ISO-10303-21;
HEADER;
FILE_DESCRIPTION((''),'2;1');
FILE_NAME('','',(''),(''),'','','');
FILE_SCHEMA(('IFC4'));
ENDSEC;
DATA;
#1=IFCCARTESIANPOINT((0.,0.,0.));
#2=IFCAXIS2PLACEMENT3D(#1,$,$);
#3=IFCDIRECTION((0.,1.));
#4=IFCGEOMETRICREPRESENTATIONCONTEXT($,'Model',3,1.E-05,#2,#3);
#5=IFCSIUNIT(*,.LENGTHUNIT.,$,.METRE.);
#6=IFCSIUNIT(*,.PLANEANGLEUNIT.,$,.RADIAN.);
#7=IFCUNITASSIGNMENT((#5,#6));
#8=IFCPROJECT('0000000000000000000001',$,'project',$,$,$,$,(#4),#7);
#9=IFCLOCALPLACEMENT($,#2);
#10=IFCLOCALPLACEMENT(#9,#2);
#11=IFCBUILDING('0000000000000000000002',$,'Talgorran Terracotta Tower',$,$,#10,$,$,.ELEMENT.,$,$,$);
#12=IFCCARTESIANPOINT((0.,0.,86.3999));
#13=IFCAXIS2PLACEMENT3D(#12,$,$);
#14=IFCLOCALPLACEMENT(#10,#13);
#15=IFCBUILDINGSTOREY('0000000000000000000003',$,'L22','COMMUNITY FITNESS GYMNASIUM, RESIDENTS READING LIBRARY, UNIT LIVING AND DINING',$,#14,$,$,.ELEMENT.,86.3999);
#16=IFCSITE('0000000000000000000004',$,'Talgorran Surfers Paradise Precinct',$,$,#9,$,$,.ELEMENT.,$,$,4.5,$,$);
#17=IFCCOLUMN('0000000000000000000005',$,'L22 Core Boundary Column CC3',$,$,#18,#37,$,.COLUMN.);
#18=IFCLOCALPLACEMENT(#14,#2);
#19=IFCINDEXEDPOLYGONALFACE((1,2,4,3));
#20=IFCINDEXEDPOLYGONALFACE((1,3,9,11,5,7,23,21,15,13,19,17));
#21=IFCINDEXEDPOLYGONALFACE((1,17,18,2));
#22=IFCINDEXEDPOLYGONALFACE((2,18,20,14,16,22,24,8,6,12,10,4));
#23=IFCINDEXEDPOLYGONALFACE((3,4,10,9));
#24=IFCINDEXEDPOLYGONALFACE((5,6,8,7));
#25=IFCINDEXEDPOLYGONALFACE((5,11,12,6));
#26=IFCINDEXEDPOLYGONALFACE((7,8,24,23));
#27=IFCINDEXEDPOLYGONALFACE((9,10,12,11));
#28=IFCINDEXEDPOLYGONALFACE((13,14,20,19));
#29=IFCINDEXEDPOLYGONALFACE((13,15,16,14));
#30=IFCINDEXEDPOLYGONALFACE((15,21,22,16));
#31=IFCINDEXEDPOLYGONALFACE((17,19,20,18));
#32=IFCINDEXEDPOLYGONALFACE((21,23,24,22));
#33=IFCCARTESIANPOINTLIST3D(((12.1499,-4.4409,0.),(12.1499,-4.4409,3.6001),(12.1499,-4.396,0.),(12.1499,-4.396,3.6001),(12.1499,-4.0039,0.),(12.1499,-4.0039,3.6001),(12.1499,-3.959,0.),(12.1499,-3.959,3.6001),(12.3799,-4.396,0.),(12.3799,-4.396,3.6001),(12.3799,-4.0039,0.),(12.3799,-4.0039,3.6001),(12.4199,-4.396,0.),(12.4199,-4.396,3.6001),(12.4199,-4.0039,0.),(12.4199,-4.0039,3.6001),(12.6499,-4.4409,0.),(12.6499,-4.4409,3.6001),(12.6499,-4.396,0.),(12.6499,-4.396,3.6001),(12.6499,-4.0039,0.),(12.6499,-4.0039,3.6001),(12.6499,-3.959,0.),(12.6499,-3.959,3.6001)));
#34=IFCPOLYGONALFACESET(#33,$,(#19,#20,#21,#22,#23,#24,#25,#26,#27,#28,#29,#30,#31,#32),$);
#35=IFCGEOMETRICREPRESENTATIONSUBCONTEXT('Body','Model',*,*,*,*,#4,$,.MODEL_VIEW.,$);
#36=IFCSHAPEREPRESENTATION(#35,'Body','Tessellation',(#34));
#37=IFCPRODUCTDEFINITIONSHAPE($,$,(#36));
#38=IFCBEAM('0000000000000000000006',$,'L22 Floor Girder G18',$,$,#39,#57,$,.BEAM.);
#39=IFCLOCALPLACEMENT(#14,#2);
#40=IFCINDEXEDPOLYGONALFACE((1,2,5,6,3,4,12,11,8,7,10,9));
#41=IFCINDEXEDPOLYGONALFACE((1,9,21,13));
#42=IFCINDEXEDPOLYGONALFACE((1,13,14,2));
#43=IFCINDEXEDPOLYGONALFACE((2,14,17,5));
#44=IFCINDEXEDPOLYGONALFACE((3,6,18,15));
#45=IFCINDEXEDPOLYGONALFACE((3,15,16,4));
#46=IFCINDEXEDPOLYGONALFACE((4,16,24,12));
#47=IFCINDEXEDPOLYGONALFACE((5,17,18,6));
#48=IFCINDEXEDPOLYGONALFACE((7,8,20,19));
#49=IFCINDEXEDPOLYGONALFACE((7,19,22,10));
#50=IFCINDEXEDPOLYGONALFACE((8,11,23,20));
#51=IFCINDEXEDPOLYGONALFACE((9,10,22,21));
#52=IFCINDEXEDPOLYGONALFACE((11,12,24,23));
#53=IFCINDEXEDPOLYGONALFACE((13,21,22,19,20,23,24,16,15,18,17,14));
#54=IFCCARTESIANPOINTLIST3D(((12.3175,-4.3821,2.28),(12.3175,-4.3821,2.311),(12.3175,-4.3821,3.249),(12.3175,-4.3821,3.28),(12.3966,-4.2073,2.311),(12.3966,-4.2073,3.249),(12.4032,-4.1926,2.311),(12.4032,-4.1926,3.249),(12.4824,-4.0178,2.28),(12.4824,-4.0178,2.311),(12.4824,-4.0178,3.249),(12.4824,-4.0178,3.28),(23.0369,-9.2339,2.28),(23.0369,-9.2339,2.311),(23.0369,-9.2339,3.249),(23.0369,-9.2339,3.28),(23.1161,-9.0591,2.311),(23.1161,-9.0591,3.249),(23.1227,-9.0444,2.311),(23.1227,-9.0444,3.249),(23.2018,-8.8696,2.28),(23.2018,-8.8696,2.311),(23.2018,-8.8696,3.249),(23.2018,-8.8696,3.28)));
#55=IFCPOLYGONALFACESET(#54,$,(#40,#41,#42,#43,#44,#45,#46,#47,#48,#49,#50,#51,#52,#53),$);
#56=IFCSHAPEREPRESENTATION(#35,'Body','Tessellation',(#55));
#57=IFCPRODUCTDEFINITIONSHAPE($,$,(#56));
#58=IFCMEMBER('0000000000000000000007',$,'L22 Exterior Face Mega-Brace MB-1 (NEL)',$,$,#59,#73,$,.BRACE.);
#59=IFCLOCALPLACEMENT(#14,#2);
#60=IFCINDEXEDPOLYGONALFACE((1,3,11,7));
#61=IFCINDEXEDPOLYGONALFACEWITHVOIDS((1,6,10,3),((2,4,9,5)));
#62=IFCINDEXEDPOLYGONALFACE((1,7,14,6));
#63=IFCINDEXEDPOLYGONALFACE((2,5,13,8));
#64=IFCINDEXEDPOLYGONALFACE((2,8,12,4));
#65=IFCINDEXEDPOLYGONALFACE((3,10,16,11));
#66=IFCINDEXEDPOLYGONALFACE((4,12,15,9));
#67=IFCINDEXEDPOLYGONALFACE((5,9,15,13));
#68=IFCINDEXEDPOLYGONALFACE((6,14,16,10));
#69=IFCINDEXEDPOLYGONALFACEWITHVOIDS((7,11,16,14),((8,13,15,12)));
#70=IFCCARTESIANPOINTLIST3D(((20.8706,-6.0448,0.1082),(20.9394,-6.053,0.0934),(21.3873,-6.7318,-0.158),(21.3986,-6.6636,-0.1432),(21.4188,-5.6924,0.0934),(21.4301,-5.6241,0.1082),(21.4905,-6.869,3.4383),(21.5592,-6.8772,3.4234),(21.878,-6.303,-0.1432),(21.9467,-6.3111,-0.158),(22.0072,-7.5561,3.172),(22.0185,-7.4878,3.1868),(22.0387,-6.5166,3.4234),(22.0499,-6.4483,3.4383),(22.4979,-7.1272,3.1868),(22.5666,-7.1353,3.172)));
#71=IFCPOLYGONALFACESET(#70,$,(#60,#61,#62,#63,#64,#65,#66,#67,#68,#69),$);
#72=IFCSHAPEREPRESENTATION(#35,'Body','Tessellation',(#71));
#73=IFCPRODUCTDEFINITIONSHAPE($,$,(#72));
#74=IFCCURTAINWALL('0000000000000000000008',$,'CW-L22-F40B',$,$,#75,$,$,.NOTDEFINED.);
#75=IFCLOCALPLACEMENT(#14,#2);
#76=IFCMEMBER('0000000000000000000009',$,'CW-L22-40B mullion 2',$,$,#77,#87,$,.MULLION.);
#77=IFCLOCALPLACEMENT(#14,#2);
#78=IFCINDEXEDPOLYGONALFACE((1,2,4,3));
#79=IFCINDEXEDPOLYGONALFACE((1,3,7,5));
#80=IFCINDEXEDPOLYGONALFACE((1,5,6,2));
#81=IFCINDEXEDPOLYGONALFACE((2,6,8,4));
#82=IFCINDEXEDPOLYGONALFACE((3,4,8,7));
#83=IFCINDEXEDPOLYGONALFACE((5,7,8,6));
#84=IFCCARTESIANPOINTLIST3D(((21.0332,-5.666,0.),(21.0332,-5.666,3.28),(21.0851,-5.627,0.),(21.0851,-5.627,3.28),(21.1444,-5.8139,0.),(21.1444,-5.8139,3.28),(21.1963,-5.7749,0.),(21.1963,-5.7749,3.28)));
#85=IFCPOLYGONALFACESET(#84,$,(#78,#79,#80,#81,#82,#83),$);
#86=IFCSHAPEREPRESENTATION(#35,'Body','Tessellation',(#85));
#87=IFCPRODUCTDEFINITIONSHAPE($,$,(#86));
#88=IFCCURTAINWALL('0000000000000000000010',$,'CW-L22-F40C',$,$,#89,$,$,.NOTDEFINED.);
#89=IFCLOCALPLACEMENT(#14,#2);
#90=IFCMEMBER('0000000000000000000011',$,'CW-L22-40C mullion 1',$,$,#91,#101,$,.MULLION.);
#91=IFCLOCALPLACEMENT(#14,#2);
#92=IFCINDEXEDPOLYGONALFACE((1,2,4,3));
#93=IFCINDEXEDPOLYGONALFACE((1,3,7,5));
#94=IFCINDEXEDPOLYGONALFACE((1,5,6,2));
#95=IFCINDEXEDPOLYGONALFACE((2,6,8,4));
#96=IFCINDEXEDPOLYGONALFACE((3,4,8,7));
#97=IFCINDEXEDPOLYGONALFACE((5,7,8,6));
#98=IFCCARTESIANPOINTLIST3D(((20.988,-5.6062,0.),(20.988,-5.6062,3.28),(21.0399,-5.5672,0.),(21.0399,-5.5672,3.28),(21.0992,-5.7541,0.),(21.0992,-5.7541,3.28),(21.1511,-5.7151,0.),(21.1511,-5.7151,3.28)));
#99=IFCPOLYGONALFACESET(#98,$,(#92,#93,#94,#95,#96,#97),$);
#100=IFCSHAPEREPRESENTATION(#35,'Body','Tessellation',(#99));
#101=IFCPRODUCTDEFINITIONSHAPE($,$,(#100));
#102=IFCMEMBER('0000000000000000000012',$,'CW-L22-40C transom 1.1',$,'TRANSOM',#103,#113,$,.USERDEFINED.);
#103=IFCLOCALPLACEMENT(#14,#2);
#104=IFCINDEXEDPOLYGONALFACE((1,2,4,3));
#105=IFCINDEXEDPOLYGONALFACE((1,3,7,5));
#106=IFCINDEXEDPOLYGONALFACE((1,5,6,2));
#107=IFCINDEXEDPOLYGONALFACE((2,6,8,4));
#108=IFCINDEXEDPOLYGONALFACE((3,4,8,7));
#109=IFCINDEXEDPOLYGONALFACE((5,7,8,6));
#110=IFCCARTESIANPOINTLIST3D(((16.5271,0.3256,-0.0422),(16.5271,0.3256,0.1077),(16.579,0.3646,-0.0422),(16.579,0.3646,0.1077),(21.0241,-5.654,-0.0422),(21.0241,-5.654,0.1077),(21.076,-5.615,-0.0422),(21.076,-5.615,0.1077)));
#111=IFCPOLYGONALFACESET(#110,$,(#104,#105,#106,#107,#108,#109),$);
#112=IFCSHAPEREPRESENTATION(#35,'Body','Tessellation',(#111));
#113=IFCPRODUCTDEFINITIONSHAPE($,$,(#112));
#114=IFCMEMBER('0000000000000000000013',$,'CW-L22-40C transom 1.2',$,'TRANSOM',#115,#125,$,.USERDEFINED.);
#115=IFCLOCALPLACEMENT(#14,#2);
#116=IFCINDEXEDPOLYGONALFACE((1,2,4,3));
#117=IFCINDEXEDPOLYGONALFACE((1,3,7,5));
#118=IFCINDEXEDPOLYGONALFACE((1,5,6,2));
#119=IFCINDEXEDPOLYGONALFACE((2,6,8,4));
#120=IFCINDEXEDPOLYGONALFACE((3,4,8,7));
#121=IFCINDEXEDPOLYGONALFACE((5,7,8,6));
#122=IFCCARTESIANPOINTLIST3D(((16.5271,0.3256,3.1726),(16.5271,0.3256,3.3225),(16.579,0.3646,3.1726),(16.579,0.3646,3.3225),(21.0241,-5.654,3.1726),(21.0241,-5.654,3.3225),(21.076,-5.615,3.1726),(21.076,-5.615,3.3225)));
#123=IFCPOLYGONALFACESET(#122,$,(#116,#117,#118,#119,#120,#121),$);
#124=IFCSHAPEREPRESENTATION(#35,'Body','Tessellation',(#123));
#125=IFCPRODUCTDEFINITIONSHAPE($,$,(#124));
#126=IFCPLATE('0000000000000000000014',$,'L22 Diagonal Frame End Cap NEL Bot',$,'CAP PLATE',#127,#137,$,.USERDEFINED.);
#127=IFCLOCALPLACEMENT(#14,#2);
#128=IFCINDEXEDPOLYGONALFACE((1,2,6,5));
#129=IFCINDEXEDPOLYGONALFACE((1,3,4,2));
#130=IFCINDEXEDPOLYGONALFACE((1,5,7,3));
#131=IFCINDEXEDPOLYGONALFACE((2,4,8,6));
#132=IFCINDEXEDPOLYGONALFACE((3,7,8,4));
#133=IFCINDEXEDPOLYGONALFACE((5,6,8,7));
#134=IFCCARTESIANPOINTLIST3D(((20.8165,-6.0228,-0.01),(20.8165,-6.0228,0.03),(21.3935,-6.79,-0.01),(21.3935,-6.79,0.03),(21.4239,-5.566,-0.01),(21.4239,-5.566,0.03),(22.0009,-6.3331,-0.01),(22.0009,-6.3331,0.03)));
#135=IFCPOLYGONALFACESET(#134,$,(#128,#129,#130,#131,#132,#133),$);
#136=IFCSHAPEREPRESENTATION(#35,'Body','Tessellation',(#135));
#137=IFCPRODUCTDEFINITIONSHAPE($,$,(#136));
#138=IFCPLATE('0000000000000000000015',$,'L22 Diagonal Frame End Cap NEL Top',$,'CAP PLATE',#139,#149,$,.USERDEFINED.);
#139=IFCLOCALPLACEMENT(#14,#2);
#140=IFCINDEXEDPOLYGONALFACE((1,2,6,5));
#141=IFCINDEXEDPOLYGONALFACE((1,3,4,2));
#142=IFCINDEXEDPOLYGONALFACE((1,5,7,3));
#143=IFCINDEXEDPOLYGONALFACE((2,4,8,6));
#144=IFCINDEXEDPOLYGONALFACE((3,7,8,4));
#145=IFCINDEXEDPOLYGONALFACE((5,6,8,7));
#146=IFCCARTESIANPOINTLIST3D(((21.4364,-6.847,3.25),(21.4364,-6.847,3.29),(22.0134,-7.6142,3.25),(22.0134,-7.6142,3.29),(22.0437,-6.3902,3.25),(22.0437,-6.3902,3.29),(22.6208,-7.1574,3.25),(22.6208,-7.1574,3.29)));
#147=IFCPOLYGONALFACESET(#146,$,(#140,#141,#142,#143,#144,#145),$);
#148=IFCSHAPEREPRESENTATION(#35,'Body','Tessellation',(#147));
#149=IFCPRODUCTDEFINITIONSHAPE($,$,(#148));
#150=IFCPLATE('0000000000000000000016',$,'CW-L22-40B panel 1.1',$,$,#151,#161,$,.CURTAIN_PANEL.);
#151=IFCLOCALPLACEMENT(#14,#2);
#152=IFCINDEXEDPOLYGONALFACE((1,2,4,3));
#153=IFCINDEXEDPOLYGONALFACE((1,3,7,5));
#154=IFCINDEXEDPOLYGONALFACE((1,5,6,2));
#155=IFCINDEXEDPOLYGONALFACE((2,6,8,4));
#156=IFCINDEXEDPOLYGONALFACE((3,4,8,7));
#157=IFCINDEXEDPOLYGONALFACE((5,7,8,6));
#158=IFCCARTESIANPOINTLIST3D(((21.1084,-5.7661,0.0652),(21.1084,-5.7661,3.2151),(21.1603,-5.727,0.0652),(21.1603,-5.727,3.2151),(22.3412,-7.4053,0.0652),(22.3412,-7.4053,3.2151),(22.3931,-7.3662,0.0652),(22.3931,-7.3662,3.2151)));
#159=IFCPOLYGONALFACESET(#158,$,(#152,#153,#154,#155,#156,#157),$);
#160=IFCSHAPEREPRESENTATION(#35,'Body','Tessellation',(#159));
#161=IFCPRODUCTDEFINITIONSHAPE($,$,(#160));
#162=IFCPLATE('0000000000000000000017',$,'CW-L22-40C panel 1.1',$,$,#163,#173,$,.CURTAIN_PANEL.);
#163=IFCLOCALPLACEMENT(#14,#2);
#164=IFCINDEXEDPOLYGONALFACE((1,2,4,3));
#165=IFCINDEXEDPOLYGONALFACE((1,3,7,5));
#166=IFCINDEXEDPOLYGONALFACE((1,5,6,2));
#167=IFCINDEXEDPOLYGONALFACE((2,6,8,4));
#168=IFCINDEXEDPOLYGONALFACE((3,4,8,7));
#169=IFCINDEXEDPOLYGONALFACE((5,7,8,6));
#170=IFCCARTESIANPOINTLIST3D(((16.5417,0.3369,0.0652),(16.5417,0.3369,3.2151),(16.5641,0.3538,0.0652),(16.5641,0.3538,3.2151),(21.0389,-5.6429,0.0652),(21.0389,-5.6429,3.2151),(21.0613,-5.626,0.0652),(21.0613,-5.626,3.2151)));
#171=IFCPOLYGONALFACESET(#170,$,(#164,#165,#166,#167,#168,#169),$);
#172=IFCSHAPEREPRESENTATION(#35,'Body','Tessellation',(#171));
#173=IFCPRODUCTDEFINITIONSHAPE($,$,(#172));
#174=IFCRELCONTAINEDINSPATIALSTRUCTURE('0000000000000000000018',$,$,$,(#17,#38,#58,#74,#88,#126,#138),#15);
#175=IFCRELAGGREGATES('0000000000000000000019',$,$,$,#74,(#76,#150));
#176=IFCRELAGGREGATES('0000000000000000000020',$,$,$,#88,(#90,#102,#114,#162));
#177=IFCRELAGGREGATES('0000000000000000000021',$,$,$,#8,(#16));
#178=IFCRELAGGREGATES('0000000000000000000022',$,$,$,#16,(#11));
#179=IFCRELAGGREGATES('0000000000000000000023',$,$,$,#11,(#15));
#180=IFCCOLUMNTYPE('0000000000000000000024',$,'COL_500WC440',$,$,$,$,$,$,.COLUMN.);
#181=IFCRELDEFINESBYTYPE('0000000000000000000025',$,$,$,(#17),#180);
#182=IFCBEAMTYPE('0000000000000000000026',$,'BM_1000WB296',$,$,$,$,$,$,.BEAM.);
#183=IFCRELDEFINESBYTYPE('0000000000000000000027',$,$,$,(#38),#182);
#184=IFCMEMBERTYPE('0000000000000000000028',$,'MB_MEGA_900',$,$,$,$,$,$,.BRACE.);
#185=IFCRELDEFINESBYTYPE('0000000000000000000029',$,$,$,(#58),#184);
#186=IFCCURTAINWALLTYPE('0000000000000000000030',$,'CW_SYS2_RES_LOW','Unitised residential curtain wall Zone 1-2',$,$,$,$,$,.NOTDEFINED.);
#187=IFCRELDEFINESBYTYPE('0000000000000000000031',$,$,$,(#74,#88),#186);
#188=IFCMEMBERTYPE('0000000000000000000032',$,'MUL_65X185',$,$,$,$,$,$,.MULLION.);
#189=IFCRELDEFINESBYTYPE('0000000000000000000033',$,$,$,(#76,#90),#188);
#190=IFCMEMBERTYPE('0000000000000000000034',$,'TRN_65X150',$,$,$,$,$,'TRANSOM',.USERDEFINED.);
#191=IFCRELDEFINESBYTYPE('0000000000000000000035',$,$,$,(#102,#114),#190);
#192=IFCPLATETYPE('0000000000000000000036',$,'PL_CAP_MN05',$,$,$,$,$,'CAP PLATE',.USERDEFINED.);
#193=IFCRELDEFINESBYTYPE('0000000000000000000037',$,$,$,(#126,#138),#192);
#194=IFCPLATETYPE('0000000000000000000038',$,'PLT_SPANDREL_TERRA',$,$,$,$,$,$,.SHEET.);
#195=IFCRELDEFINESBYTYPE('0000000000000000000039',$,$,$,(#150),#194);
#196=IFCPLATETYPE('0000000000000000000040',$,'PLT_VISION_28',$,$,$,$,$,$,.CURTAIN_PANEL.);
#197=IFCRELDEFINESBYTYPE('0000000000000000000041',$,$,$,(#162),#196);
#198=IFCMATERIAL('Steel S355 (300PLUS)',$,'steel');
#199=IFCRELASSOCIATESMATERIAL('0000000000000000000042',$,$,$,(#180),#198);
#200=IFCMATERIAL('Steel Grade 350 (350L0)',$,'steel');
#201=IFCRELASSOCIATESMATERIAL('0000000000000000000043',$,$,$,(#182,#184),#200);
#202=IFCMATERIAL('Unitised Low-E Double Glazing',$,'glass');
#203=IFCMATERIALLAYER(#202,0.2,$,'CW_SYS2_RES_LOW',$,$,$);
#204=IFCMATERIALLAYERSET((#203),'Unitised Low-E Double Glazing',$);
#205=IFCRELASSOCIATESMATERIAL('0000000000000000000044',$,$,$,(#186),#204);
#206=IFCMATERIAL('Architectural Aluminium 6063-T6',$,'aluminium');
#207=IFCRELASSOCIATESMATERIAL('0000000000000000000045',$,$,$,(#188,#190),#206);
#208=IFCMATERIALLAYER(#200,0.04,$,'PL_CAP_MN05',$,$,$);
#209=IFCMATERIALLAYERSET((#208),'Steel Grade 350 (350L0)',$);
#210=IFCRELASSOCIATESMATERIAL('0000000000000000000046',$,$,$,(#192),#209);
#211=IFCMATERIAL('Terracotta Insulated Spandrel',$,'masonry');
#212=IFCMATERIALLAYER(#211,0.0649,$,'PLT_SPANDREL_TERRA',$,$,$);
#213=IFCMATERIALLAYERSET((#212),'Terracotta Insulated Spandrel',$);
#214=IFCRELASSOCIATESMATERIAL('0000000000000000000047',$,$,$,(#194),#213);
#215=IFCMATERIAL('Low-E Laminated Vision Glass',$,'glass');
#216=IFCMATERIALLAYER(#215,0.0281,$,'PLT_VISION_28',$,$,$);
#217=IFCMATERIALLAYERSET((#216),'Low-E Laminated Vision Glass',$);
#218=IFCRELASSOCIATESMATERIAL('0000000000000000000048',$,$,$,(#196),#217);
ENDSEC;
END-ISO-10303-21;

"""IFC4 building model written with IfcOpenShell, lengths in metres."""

from ifc_helpers import new_model, si_unit, direction, frame, origin, origin_2d, place, context, subcontext, project, spatial, rectangle, hollow_rectangle, i_section, extrude, source, transform, mapped, material, layer, layer_set, material_profile, profile_set, type_object, type_shapes, element, aggregate, save


model = new_model("IFC4")

# Units and contexts
model_context = context("Model", 3, precision=1e-05, world=origin(), true_north=direction((0.0, 1.0)))
body_context = subcontext(model_context, "Body", "Model", "MODEL_VIEW")
ifc_project = project(units=[si_unit("LENGTHUNIT", "METRE"), si_unit("PLANEANGLEUNIT", "RADIAN")], contexts=[model_context])

# Site, building, storey
site_placement = place(None, origin())
site = spatial("IfcSite", under=ifc_project, at=site_placement, Name="Talgorran Surfers Paradise Precinct", CompositionType="ELEMENT", RefElevation=4.5)
building_placement = place(site_placement, origin())
building = spatial("IfcBuilding", under=site, at=building_placement, Name="Talgorran Terracotta Tower", CompositionType="ELEMENT")
storey_placement = place(building_placement, frame((0.0, 0.0, 86.3999)))
storey = spatial("IfcBuildingStorey", under=building, at=storey_placement, Name="L22", Description="COMMUNITY FITNESS GYMNASIUM, RESIDENTS READING LIBRARY, UNIT LIVING AND DINING", CompositionType="ELEMENT", Elevation=86.3999)

# Column
ifc_material_1 = material(Name="Steel S355 (300PLUS)", Category="steel")
ifc_material_profile_1 = material_profile(ifc_material_1, i_section(OverallWidth=0.5, OverallDepth=0.4819, WebThickness=0.04, FlangeThickness=0.0449, at=origin_2d()), Name="500WC440")
ifc_profile_set_1 = profile_set([ifc_material_profile_1], Name="Steel S355 (300PLUS)")
column_type = type_object("IfcColumnType", Name="COL_500WC440", PredefinedType="COLUMN", material=ifc_profile_set_1)
column_placement = place(storey_placement, frame((12.3999, -4.2, 0.0), z_axis=(0.0, 0.0, 1.0), x_axis=(1.0, 0.0, 0.0)))
element("IfcColumn", 1, at=column_placement, inside=storey, type_object=column_type, Name="L22 Core Boundary Column CC3", PredefinedType="COLUMN", context=body_context, shape_type="SweptSolid", body=[
    extrude(i_section(OverallWidth=0.5, OverallDepth=0.4819, WebThickness=0.04, FlangeThickness=0.0449, at=origin_2d()), origin(), (0.0, 0.0, 1.0), 3.6001),
])

# Beam
ifc_material_2 = material(Name="Steel Grade 350 (350L0)", Category="steel")
ifc_material_profile_2 = material_profile(ifc_material_2, i_section(OverallWidth=0.3999, OverallDepth=1.0, WebThickness=0.0161, FlangeThickness=0.031, at=origin_2d()), Name="1000WB296")
ifc_profile_set_2 = profile_set([ifc_material_profile_2], Name="Steel Grade 350 (350L0)")
beam_type = type_object("IfcBeamType", Name="BM_1000WB296", PredefinedType="BEAM", material=ifc_profile_set_2)
beam_placement = place(storey_placement, frame((12.3999, -4.2, 2.78), z_axis=(0.911028, -0.412345, 0.0), x_axis=(0.412345, 0.911028, 0.0)))
element("IfcBeam", 2, at=beam_placement, inside=storey, type_object=beam_type, Name="L22 Floor Girder G18", PredefinedType="BEAM", context=body_context, shape_type="SweptSolid", body=[
    extrude(i_section(OverallWidth=0.3999, OverallDepth=1.0, WebThickness=0.0161, FlangeThickness=0.031, at=origin_2d()), origin(), (0.0, 0.0, 1.0), 11.7664),
])

# Member
ifc_material_profile_3 = material_profile(ifc_material_2, hollow_rectangle(XDim=0.7, YDim=0.8999, WallThickness=0.05, at=origin_2d()), Name="WBOX900X700X50")
ifc_profile_set_3 = profile_set([ifc_material_profile_3], Name="Steel Grade 350 (350L0)")
member_type_1 = type_object("IfcMemberType", Name="MB_MEGA_900", PredefinedType="BRACE", material=ifc_profile_set_3)
member_1_placement = place(storey_placement, frame((21.4087, -6.178, -0.0249), z_axis=(0.177812, -0.236429, 0.95524), x_axis=(0.799204, 0.60106, 0.0)))
element("IfcMember", 3, at=member_1_placement, inside=storey, type_object=member_type_1, Name="L22 Exterior Face Mega-Brace MB-1 (NEL)", PredefinedType="BRACE", context=body_context, shape_type="SweptSolid", body=[
    extrude(hollow_rectangle(XDim=0.7, YDim=0.8999, WallThickness=0.05, at=origin_2d()), origin(), (0.0, 0.0, 1.0), 3.4861),
])

# Curtain wall, member
ifc_material_3 = material(Name="Unitised Low-E Double Glazing", Category="glass")
ifc_layer_1 = layer(ifc_material_3, 0.2, Name="CW_SYS2_RES_LOW")
ifc_layer_set_1 = layer_set([ifc_layer_1], Name="Unitised Low-E Double Glazing")
curtain_wall_type = type_object("IfcCurtainWallType", Name="CW_SYS2_RES_LOW", Description="Unitised residential curtain wall Zone 1-2", PredefinedType="NOTDEFINED", material=ifc_layer_set_1)
curtain_wall_1_placement = place(storey_placement, origin())
curtain_wall_1 = element("IfcCurtainWall", 4, at=curtain_wall_1_placement, inside=storey, type_object=curtain_wall_type, Name="CW-L22-F40B", PredefinedType="NOTDEFINED")
ifc_material_4 = material(Name="Architectural Aluminium 6063-T6", Category="aluminium")
ifc_material_profile_4 = material_profile(ifc_material_4, rectangle(XDim=0.0649, YDim=0.1851, at=origin_2d()), Name="CWM65X185")
ifc_profile_set_4 = profile_set([ifc_material_profile_4], Name="Architectural Aluminium 6063-T6")
member_type_2 = type_object("IfcMemberType", Name="MUL_65X185", PredefinedType="MULLION", material=ifc_profile_set_4)
member_2_placement = place(storey_placement, frame((21.1147, -5.7205, 0.0), z_axis=(0.0, 0.0, 1.0), x_axis=(-0.799213, -0.601049, 0.0)))
member_2 = element("IfcMember", 5, at=member_2_placement, type_object=member_type_2, Name="CW-L22-40B mullion 2", PredefinedType="MULLION", context=body_context, shape_type="SweptSolid", body=[
    extrude(rectangle(XDim=0.0649, YDim=0.1851, at=origin_2d()), origin(), (0.0, 0.0, 1.0), 3.28),
])

# Curtain wall, members
curtain_wall_2_placement = place(storey_placement, origin())
curtain_wall_2 = element("IfcCurtainWall", 6, at=curtain_wall_2_placement, inside=storey, type_object=curtain_wall_type, Name="CW-L22-F40C", PredefinedType="NOTDEFINED")
member_3_placement = place(storey_placement, frame((21.0696, -5.6606, 0.0), z_axis=(0.0, 0.0, 1.0), x_axis=(-0.79921, -0.601053, 0.0)))
member_3 = element("IfcMember", 7, at=member_3_placement, type_object=member_type_2, Name="CW-L22-40C mullion 1", PredefinedType="MULLION", context=body_context, shape_type="SweptSolid", body=[
    extrude(rectangle(XDim=0.0649, YDim=0.1851, at=origin_2d()), origin(), (0.0, 0.0, 1.0), 3.28),
])
ifc_material_profile_5 = material_profile(ifc_material_4, rectangle(XDim=0.0649, YDim=0.1499, at=origin_2d()), Name="CWT65X150")
ifc_profile_set_5 = profile_set([ifc_material_profile_5], Name="Architectural Aluminium 6063-T6")
member_type_3 = type_object("IfcMemberType", Name="TRN_65X150", ElementType="TRANSOM", PredefinedType="USERDEFINED", material=ifc_profile_set_5)
member_4_placement = place(storey_placement, frame((21.05, -5.6345, 0.0327), z_axis=(-0.601049, 0.799212, 0.0), x_axis=(-0.799212, -0.601049, 0.0)))
member_4 = element("IfcMember", 8, at=member_4_placement, type_object=member_type_3, Name="CW-L22-40C transom 1.1", ObjectType="TRANSOM", PredefinedType="USERDEFINED", context=body_context, shape_type="SweptSolid", body=[
    extrude(rectangle(XDim=0.0649, YDim=0.1499, at=origin_2d()), origin(), (0.0, 0.0, 1.0), 7.4819),
])
member_5_placement = place(storey_placement, frame((21.05, -5.6345, 3.2476), z_axis=(-0.601049, 0.799212, 0.0), x_axis=(-0.799212, -0.601049, 0.0)))
member_5 = element("IfcMember", 9, at=member_5_placement, type_object=member_type_3, Name="CW-L22-40C transom 1.2", ObjectType="TRANSOM", PredefinedType="USERDEFINED", context=body_context, shape_type="SweptSolid", body=[
    extrude(rectangle(XDim=0.0649, YDim=0.1499, at=origin_2d()), origin(), (0.0, 0.0, 1.0), 7.4819),
])

# Plates
ifc_layer_2 = layer(ifc_material_2, 0.04, Name="PL_CAP_MN05")
ifc_layer_set_2 = layer_set([ifc_layer_2], Name="Steel Grade 350 (350L0)")
plate_type_1 = type_object("IfcPlateType", Name="PL_CAP_MN05", ElementType="CAP PLATE", PredefinedType="USERDEFINED", material=ifc_layer_set_2)
for number, where, z_axis, x_axis, name in (
    (10, (21.4087, -6.178, -0.01), (0.0, 0.0, 1.0), (0.601118, -0.79916, 0.0), "L22 Diagonal Frame End Cap NEL Bot"),
    (11, (22.0286, -7.0022, 3.25), (0.0, 0.0, 1.0), (0.601118, -0.79916, 0.0), "L22 Diagonal Frame End Cap NEL Top"),
):
    element("IfcPlate", number, at=place(storey_placement, frame(where, z_axis=z_axis, x_axis=x_axis)), inside=storey, type_object=plate_type_1, Name=name, ObjectType="CAP PLATE", PredefinedType="USERDEFINED", context=body_context, shape_type="SweptSolid", body=[
        extrude(rectangle(XDim=0.96, YDim=0.76, at=origin_2d()), origin(), (0.0, 0.0, 1.0), 0.04),
    ])

# Plates
ifc_material_5 = material(Name="Terracotta Insulated Spandrel", Category="masonry")
ifc_layer_3 = layer(ifc_material_5, 0.0649, Name="PLT_SPANDREL_TERRA")
ifc_layer_set_3 = layer_set([ifc_layer_3], Name="Terracotta Insulated Spandrel")
plate_type_2 = type_object("IfcPlateType", Name="PLT_SPANDREL_TERRA", PredefinedType="SHEET", material=ifc_layer_set_3)
shared_shape_1 = source(origin(), body_context, "Body", "SweptSolid", [
    extrude(rectangle(XDim=2.051, YDim=0.0649, at=origin_2d()), origin(), (0.0, 0.0, 1.0), 3.1499),
])
type_shapes(plate_type_2, [shared_shape_1])
plate_1_placement = place(storey_placement, frame((21.7507, -6.5662, 0.0652), z_axis=(0.0, 0.0, 1.0), x_axis=(-0.601049, 0.799213, 0.0)))
plate_1 = element("IfcPlate", 12, at=plate_1_placement, type_object=plate_type_2, Name="CW-L22-40B panel 1.1", PredefinedType="CURTAIN_PANEL", context=body_context, shape_type="MappedRepresentation", body=[
    mapped(shared_shape_1, transform((0.0, 0.0, 0.0), scale=1.0)),
])
aggregate(curtain_wall_1, [member_2, plate_1])
ifc_material_6 = material(Name="Low-E Laminated Vision Glass", Category="glass")
ifc_layer_4 = layer(ifc_material_6, 0.0281, Name="PLT_VISION_28")
ifc_layer_set_4 = layer_set([ifc_layer_4], Name="Low-E Laminated Vision Glass")
plate_type_3 = type_object("IfcPlateType", Name="PLT_VISION_28", PredefinedType="CURTAIN_PANEL", material=ifc_layer_set_4)
shared_shape_2 = source(origin(), body_context, "Body", "SweptSolid", [
    extrude(rectangle(XDim=7.4822, YDim=0.0281, at=origin_2d()), origin(), (0.0, 0.0, 1.0), 3.1499),
])
type_shapes(plate_type_3, [shared_shape_2])
plate_2_placement = place(storey_placement, frame((18.8015, -2.6445, 0.0652), z_axis=(0.0, 0.0, 1.0), x_axis=(-0.601053, 0.79921, 0.0)))
plate_2 = element("IfcPlate", 13, at=plate_2_placement, type_object=plate_type_3, Name="CW-L22-40C panel 1.1", PredefinedType="CURTAIN_PANEL", context=body_context, shape_type="MappedRepresentation", body=[
    mapped(shared_shape_2, transform((0.0, 0.0, 0.0), scale=1.0)),
])
aggregate(curtain_wall_2, [member_3, member_4, member_5, plate_2])

save(model, "model.ifc")
